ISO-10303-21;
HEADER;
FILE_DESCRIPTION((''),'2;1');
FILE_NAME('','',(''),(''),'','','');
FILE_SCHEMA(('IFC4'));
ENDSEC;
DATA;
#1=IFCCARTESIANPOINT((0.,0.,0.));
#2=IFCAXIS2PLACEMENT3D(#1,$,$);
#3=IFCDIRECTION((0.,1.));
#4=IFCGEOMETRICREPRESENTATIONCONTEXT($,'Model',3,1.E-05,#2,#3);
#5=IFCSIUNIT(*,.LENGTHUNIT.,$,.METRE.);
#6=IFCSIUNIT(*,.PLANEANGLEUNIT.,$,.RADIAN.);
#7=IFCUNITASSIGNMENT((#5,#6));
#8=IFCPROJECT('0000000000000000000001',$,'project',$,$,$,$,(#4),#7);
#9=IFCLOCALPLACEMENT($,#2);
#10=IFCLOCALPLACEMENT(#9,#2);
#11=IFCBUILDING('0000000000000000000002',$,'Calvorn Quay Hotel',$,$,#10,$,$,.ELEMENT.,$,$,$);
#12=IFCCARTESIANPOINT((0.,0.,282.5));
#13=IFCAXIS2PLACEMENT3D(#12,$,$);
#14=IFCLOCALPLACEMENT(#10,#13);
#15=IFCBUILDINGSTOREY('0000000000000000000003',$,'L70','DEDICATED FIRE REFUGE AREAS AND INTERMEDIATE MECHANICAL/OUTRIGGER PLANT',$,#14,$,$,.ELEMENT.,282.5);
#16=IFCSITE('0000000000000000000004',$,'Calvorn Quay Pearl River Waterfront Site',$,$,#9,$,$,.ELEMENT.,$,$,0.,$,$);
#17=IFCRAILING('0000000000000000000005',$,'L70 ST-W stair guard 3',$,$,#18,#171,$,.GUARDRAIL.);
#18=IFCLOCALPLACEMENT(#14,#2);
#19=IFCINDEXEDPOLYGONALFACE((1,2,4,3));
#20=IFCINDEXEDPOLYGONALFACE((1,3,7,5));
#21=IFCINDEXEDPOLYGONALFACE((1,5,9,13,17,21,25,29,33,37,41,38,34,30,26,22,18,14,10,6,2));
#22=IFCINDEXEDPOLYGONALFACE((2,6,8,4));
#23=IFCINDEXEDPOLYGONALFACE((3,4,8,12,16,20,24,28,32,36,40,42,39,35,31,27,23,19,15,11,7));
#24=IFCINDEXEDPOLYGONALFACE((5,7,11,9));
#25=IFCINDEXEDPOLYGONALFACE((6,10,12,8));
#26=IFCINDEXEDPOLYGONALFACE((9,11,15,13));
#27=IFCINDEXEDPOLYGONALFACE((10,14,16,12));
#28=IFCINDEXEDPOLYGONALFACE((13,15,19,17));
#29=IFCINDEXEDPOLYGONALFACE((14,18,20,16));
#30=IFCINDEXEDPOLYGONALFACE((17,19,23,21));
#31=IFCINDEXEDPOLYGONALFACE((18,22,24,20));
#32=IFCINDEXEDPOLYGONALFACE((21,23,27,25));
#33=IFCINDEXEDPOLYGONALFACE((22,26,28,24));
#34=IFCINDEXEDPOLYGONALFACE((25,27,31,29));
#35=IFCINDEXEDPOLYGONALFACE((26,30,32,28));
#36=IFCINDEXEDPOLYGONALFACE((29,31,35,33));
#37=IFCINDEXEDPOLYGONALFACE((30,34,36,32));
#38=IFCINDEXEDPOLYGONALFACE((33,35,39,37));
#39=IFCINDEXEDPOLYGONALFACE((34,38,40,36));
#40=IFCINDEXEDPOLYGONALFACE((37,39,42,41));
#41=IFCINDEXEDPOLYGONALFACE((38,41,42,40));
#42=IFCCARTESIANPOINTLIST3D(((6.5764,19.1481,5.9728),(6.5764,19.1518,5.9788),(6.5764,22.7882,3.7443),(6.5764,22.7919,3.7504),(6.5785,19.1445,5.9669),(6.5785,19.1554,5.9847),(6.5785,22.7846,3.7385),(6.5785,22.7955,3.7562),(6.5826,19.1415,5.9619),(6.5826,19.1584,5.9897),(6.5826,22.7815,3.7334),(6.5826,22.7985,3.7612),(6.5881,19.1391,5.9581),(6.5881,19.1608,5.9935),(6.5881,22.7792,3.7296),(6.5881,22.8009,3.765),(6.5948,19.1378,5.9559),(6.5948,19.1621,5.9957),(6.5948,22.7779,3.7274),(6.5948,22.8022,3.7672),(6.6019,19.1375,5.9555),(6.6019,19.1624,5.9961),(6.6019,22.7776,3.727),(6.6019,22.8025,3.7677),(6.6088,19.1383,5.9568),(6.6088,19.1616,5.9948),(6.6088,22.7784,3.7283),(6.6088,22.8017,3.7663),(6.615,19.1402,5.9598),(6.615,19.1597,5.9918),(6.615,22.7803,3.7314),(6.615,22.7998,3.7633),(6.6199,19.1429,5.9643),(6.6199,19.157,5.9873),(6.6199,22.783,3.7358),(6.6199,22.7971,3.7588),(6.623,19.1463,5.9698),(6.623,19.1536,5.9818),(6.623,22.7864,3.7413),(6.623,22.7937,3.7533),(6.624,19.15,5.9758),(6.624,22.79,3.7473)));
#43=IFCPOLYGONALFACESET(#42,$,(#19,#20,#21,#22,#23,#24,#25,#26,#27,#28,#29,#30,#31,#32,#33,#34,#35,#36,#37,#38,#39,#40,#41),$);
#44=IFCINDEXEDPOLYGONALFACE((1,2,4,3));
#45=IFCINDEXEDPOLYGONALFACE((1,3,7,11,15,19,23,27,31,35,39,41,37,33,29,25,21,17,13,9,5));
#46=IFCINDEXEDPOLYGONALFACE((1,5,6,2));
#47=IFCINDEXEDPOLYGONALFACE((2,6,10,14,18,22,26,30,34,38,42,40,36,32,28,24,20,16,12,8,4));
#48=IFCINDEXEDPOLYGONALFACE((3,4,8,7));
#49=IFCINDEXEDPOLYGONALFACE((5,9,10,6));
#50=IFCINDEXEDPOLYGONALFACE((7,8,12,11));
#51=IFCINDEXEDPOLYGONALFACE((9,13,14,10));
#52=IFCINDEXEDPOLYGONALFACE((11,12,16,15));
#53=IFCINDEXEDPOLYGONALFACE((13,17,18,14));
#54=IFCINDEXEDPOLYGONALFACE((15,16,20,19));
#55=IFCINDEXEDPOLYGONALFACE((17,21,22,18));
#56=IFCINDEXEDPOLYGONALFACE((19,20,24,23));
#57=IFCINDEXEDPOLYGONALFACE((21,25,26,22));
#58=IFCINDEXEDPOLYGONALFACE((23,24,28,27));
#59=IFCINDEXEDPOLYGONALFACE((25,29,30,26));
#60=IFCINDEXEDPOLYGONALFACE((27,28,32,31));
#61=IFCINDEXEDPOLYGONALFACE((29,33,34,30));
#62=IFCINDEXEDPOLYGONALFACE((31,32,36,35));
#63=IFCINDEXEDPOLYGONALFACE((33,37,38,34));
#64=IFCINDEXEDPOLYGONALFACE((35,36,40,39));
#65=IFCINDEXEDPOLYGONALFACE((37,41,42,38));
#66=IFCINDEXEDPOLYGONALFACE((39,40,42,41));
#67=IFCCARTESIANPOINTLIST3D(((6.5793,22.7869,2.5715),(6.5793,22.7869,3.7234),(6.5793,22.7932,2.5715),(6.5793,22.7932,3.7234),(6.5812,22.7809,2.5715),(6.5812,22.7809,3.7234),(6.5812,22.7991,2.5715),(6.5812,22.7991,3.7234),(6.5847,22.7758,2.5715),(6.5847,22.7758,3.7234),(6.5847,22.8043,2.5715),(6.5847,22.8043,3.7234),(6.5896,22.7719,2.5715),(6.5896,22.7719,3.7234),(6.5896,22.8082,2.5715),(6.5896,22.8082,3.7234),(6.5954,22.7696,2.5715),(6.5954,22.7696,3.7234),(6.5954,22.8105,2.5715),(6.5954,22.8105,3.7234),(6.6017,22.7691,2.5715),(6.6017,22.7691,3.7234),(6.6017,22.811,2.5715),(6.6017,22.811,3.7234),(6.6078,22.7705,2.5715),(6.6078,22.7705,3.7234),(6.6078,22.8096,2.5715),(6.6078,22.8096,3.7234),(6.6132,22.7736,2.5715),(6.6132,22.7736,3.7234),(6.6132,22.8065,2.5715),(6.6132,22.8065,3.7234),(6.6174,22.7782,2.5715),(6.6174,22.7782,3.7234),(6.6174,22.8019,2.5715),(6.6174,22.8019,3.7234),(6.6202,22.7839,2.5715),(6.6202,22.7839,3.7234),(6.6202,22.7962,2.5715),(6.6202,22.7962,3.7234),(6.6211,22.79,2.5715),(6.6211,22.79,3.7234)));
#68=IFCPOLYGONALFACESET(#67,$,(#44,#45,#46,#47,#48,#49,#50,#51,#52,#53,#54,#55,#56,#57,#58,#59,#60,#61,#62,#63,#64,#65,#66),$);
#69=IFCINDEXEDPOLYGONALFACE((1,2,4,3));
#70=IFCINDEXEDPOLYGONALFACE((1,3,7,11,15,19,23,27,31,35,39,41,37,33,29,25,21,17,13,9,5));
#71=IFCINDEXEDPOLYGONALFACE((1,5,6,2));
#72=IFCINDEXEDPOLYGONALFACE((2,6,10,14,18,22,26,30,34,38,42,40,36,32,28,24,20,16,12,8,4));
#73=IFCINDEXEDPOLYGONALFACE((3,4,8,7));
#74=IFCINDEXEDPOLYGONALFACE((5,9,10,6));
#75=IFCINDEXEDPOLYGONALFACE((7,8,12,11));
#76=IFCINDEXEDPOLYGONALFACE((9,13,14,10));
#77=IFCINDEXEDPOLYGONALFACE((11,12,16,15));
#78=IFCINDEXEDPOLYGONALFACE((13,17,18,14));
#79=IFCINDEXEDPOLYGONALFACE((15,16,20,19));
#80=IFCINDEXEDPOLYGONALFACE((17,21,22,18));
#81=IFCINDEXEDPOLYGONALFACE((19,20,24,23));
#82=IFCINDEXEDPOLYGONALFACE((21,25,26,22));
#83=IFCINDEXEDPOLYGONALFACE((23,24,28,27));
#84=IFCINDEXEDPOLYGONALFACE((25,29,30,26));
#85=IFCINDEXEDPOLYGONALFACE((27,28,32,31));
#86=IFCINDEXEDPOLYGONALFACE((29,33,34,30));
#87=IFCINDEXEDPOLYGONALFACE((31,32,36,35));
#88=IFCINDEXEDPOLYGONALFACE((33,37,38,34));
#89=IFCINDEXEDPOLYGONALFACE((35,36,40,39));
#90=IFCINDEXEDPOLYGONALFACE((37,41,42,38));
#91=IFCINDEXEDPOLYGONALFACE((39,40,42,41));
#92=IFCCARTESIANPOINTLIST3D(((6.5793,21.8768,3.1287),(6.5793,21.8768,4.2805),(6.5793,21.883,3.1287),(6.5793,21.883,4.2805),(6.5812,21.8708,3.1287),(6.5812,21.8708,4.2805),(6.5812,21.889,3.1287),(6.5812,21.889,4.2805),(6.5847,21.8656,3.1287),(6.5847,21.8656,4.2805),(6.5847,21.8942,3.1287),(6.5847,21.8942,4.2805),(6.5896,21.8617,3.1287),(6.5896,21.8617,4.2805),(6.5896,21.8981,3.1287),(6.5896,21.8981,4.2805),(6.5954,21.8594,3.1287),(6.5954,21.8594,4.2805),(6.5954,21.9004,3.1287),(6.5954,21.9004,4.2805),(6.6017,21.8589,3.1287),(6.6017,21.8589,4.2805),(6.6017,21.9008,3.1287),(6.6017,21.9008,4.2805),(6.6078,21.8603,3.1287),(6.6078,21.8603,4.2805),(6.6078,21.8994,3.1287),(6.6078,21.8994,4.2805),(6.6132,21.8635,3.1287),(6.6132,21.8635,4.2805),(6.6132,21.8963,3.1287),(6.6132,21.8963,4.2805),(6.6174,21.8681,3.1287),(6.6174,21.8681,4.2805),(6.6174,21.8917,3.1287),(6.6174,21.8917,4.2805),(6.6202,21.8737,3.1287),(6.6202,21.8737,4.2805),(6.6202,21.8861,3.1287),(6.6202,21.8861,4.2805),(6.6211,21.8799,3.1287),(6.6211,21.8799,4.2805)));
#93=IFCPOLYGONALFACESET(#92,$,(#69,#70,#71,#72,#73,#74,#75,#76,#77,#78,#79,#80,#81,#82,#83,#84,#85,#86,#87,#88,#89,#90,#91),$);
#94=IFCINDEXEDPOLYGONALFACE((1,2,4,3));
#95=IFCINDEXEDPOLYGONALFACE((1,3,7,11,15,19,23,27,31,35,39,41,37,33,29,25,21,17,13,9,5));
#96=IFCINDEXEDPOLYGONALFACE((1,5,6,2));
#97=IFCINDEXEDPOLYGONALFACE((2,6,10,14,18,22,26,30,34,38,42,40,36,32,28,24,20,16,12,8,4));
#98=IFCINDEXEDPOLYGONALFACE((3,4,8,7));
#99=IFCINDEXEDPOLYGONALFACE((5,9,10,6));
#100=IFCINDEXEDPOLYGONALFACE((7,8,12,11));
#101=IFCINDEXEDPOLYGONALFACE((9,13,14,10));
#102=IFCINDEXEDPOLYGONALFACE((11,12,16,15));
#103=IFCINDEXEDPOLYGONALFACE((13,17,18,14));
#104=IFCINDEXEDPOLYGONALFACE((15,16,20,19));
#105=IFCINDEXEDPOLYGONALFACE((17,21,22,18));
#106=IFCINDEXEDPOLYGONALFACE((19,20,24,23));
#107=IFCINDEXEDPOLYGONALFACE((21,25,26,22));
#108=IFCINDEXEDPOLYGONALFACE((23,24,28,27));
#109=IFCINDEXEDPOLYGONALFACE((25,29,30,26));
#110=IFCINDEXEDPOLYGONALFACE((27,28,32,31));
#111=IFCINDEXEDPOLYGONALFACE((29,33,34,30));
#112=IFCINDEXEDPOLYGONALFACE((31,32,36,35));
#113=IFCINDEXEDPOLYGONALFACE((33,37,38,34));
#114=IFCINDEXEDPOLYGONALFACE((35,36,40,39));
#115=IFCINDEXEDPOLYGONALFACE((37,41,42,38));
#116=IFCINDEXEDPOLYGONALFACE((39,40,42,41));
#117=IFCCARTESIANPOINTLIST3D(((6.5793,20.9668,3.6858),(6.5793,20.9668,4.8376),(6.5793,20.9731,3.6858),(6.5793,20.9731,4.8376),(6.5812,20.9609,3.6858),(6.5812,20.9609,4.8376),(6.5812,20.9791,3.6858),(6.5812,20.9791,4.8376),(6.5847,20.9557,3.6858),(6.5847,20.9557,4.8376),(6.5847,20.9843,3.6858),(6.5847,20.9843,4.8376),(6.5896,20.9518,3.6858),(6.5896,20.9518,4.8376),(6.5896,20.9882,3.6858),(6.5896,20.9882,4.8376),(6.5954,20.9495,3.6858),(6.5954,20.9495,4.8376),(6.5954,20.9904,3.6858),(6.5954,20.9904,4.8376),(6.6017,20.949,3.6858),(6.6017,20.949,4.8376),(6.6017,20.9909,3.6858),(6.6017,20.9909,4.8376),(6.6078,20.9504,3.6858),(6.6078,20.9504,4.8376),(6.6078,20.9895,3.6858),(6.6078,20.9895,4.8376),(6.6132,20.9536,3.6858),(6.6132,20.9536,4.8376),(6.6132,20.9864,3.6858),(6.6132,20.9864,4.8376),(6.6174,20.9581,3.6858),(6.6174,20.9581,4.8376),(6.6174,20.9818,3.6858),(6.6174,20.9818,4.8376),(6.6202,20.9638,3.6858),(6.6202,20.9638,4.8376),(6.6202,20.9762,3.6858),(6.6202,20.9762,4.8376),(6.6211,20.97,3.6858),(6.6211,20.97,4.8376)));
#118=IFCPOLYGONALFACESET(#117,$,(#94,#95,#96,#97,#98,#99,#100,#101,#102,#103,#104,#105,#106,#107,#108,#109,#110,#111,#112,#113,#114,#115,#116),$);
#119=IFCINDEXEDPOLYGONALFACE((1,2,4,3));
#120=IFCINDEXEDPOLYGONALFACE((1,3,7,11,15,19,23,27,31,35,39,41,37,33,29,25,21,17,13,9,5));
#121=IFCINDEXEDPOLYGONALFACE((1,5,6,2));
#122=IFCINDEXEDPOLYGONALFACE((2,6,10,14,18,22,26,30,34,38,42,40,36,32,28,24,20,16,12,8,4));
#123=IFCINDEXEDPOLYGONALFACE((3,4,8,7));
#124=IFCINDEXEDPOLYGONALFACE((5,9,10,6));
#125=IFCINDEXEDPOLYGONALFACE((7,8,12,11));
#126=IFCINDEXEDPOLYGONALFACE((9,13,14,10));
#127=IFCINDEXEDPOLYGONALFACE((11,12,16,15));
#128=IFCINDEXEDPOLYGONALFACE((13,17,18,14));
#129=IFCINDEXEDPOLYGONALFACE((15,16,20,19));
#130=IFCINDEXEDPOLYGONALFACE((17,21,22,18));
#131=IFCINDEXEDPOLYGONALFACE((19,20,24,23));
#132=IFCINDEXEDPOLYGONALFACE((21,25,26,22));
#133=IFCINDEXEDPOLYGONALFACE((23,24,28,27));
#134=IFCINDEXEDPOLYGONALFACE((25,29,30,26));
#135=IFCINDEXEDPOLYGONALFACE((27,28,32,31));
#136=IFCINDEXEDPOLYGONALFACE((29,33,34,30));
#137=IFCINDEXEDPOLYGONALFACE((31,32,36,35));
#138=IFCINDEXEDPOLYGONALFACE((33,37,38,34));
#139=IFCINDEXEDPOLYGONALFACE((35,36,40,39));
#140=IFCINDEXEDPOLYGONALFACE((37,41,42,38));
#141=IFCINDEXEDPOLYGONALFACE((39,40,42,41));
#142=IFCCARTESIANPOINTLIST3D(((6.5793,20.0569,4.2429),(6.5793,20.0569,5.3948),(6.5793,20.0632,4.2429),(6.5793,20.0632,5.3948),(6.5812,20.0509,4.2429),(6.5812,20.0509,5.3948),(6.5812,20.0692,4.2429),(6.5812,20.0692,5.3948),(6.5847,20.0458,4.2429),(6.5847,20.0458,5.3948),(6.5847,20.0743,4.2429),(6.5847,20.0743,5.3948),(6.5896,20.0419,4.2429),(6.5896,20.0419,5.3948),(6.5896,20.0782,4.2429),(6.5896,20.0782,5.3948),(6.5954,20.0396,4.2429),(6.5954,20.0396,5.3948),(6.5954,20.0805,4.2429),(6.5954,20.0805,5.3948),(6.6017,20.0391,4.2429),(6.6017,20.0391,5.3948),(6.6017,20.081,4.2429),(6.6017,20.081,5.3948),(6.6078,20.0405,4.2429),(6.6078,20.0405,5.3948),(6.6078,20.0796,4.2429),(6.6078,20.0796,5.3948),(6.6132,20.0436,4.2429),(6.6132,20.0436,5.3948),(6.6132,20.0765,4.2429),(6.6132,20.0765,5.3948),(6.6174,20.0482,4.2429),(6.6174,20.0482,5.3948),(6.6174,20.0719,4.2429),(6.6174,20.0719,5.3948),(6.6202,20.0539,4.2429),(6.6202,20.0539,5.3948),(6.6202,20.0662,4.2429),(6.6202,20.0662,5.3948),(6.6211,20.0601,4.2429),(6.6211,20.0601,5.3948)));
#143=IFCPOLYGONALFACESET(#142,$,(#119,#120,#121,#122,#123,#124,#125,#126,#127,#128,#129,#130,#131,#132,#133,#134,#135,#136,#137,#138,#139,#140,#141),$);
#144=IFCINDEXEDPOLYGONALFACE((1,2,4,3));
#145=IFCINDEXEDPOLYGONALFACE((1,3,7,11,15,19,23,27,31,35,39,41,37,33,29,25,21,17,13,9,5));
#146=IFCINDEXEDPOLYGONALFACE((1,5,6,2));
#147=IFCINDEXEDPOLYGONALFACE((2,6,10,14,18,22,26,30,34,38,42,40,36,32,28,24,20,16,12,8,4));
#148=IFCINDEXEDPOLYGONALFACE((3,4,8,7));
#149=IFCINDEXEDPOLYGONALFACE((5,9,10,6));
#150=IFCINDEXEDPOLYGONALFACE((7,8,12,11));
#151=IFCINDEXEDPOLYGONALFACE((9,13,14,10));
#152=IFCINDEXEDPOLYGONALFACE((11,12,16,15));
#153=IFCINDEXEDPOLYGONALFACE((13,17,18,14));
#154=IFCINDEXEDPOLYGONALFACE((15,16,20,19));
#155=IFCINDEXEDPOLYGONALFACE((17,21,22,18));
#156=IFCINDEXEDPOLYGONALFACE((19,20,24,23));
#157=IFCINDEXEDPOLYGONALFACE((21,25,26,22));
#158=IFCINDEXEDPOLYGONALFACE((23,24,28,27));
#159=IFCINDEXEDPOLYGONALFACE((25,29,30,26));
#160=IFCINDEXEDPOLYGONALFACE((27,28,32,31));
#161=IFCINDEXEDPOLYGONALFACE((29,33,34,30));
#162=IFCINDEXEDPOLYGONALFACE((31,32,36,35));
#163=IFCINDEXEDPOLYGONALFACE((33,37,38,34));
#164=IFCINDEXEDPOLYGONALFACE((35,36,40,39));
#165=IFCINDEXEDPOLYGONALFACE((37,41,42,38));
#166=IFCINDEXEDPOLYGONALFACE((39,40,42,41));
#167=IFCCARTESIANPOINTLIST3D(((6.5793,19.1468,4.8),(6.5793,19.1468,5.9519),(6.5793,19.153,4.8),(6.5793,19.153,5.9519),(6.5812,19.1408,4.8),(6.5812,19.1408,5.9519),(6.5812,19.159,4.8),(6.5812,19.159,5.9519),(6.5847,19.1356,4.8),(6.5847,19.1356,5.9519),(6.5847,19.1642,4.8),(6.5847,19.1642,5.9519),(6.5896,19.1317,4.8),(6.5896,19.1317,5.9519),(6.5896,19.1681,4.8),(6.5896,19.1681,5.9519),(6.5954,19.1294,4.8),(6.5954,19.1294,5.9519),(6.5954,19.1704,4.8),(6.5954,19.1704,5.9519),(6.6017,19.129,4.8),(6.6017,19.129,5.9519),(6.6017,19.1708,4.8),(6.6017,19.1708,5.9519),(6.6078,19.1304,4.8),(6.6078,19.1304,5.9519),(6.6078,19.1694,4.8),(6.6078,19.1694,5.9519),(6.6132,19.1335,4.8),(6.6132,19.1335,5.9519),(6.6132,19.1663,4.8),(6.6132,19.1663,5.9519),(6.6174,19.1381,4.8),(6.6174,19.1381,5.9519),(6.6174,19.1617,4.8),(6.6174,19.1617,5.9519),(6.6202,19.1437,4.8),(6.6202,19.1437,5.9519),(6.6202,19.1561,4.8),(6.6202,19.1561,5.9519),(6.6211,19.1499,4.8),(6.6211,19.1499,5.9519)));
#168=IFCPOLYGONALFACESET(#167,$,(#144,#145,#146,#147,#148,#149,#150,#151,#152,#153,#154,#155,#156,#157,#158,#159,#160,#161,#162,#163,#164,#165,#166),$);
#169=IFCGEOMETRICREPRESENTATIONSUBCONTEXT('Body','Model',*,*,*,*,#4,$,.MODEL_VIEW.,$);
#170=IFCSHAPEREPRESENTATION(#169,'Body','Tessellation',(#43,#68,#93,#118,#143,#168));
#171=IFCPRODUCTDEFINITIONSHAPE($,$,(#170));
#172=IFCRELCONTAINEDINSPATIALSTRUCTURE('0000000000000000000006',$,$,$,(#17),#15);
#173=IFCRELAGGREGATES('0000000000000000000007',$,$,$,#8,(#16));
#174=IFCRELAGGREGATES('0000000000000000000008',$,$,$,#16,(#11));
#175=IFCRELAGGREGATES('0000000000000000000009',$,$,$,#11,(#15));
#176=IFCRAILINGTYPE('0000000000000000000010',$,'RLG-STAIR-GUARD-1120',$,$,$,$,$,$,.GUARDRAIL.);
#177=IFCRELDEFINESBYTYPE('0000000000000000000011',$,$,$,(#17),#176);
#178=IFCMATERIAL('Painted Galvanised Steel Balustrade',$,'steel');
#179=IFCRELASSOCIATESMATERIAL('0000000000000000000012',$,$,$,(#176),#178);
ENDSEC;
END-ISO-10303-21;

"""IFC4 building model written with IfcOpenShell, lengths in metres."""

from ifc_helpers import new_model, si_unit, direction, frame, origin, origin_2d, place, context, subcontext, project, spatial, circle, extrude, material, type_object, element, save


model = new_model("IFC4")

# Units and contexts
model_context = context("Model", 3, precision=1e-05, world=origin(), true_north=direction((0.0, 1.0)))
body_context = subcontext(model_context, "Body", "Model", "MODEL_VIEW")
ifc_project = project(units=[si_unit("LENGTHUNIT", "METRE"), si_unit("PLANEANGLEUNIT", "RADIAN")], contexts=[model_context])

# Site, building, storey
site_placement = place(None, origin())
site = spatial("IfcSite", under=ifc_project, at=site_placement, Name="Calvorn Quay Pearl River Waterfront Site", CompositionType="ELEMENT", RefElevation=0.0)
building_placement = place(site_placement, origin())
building = spatial("IfcBuilding", under=site, at=building_placement, Name="Calvorn Quay Hotel", CompositionType="ELEMENT")
storey_placement = place(building_placement, frame((0.0, 0.0, 282.5)))
storey = spatial("IfcBuildingStorey", under=building, at=storey_placement, Name="L70", Description="DEDICATED FIRE REFUGE AREAS AND INTERMEDIATE MECHANICAL/OUTRIGGER PLANT", CompositionType="ELEMENT", Elevation=282.5)

# Railing
ifc_material_1 = material(Name="Painted Galvanised Steel Balustrade", Category="steel")
railing_type_1 = type_object("IfcRailingType", Name="RLG-STAIR-GUARD-1120", PredefinedType="GUARDRAIL", material=ifc_material_1)
railing_1_placement = place(storey_placement, frame((6.6001, 22.79, 2.5715)))
element("IfcRailing", 1, at=railing_1_placement, inside=storey, type_object=railing_type_1, Name="L70 ST-W stair guard 3", PredefinedType="GUARDRAIL", context=body_context, shape_type="SweptSolid", body=[
    extrude(circle(Radius=0.0239, at=origin_2d()), frame((0.0, 0.0, 1.1758), z_axis=(0.0, -0.852866, 0.52213), x_axis=(1.0, 0.0, 0.0)), (0.0, 0.0, 1.0), 4.2681),
    extrude(circle(Radius=0.021, at=origin_2d()), origin(), (0.0, 0.0, 1.0), 1.1519),
    extrude(circle(Radius=0.021, at=origin_2d()), frame((0.0, -0.9102, 0.5571)), (0.0, 0.0, 1.0), 1.1519),
    extrude(circle(Radius=0.021, at=origin_2d()), frame((0.0, -1.8201, 1.1143)), (0.0, 0.0, 1.0), 1.1519),
    extrude(circle(Radius=0.021, at=origin_2d()), frame((0.0, -2.73, 1.6714)), (0.0, 0.0, 1.0), 1.1519),
    extrude(circle(Radius=0.021, at=origin_2d()), frame((0.0, -3.6401, 2.2285)), (0.0, 0.0, 1.0), 1.1519),
])

save(model, "model.ifc")
